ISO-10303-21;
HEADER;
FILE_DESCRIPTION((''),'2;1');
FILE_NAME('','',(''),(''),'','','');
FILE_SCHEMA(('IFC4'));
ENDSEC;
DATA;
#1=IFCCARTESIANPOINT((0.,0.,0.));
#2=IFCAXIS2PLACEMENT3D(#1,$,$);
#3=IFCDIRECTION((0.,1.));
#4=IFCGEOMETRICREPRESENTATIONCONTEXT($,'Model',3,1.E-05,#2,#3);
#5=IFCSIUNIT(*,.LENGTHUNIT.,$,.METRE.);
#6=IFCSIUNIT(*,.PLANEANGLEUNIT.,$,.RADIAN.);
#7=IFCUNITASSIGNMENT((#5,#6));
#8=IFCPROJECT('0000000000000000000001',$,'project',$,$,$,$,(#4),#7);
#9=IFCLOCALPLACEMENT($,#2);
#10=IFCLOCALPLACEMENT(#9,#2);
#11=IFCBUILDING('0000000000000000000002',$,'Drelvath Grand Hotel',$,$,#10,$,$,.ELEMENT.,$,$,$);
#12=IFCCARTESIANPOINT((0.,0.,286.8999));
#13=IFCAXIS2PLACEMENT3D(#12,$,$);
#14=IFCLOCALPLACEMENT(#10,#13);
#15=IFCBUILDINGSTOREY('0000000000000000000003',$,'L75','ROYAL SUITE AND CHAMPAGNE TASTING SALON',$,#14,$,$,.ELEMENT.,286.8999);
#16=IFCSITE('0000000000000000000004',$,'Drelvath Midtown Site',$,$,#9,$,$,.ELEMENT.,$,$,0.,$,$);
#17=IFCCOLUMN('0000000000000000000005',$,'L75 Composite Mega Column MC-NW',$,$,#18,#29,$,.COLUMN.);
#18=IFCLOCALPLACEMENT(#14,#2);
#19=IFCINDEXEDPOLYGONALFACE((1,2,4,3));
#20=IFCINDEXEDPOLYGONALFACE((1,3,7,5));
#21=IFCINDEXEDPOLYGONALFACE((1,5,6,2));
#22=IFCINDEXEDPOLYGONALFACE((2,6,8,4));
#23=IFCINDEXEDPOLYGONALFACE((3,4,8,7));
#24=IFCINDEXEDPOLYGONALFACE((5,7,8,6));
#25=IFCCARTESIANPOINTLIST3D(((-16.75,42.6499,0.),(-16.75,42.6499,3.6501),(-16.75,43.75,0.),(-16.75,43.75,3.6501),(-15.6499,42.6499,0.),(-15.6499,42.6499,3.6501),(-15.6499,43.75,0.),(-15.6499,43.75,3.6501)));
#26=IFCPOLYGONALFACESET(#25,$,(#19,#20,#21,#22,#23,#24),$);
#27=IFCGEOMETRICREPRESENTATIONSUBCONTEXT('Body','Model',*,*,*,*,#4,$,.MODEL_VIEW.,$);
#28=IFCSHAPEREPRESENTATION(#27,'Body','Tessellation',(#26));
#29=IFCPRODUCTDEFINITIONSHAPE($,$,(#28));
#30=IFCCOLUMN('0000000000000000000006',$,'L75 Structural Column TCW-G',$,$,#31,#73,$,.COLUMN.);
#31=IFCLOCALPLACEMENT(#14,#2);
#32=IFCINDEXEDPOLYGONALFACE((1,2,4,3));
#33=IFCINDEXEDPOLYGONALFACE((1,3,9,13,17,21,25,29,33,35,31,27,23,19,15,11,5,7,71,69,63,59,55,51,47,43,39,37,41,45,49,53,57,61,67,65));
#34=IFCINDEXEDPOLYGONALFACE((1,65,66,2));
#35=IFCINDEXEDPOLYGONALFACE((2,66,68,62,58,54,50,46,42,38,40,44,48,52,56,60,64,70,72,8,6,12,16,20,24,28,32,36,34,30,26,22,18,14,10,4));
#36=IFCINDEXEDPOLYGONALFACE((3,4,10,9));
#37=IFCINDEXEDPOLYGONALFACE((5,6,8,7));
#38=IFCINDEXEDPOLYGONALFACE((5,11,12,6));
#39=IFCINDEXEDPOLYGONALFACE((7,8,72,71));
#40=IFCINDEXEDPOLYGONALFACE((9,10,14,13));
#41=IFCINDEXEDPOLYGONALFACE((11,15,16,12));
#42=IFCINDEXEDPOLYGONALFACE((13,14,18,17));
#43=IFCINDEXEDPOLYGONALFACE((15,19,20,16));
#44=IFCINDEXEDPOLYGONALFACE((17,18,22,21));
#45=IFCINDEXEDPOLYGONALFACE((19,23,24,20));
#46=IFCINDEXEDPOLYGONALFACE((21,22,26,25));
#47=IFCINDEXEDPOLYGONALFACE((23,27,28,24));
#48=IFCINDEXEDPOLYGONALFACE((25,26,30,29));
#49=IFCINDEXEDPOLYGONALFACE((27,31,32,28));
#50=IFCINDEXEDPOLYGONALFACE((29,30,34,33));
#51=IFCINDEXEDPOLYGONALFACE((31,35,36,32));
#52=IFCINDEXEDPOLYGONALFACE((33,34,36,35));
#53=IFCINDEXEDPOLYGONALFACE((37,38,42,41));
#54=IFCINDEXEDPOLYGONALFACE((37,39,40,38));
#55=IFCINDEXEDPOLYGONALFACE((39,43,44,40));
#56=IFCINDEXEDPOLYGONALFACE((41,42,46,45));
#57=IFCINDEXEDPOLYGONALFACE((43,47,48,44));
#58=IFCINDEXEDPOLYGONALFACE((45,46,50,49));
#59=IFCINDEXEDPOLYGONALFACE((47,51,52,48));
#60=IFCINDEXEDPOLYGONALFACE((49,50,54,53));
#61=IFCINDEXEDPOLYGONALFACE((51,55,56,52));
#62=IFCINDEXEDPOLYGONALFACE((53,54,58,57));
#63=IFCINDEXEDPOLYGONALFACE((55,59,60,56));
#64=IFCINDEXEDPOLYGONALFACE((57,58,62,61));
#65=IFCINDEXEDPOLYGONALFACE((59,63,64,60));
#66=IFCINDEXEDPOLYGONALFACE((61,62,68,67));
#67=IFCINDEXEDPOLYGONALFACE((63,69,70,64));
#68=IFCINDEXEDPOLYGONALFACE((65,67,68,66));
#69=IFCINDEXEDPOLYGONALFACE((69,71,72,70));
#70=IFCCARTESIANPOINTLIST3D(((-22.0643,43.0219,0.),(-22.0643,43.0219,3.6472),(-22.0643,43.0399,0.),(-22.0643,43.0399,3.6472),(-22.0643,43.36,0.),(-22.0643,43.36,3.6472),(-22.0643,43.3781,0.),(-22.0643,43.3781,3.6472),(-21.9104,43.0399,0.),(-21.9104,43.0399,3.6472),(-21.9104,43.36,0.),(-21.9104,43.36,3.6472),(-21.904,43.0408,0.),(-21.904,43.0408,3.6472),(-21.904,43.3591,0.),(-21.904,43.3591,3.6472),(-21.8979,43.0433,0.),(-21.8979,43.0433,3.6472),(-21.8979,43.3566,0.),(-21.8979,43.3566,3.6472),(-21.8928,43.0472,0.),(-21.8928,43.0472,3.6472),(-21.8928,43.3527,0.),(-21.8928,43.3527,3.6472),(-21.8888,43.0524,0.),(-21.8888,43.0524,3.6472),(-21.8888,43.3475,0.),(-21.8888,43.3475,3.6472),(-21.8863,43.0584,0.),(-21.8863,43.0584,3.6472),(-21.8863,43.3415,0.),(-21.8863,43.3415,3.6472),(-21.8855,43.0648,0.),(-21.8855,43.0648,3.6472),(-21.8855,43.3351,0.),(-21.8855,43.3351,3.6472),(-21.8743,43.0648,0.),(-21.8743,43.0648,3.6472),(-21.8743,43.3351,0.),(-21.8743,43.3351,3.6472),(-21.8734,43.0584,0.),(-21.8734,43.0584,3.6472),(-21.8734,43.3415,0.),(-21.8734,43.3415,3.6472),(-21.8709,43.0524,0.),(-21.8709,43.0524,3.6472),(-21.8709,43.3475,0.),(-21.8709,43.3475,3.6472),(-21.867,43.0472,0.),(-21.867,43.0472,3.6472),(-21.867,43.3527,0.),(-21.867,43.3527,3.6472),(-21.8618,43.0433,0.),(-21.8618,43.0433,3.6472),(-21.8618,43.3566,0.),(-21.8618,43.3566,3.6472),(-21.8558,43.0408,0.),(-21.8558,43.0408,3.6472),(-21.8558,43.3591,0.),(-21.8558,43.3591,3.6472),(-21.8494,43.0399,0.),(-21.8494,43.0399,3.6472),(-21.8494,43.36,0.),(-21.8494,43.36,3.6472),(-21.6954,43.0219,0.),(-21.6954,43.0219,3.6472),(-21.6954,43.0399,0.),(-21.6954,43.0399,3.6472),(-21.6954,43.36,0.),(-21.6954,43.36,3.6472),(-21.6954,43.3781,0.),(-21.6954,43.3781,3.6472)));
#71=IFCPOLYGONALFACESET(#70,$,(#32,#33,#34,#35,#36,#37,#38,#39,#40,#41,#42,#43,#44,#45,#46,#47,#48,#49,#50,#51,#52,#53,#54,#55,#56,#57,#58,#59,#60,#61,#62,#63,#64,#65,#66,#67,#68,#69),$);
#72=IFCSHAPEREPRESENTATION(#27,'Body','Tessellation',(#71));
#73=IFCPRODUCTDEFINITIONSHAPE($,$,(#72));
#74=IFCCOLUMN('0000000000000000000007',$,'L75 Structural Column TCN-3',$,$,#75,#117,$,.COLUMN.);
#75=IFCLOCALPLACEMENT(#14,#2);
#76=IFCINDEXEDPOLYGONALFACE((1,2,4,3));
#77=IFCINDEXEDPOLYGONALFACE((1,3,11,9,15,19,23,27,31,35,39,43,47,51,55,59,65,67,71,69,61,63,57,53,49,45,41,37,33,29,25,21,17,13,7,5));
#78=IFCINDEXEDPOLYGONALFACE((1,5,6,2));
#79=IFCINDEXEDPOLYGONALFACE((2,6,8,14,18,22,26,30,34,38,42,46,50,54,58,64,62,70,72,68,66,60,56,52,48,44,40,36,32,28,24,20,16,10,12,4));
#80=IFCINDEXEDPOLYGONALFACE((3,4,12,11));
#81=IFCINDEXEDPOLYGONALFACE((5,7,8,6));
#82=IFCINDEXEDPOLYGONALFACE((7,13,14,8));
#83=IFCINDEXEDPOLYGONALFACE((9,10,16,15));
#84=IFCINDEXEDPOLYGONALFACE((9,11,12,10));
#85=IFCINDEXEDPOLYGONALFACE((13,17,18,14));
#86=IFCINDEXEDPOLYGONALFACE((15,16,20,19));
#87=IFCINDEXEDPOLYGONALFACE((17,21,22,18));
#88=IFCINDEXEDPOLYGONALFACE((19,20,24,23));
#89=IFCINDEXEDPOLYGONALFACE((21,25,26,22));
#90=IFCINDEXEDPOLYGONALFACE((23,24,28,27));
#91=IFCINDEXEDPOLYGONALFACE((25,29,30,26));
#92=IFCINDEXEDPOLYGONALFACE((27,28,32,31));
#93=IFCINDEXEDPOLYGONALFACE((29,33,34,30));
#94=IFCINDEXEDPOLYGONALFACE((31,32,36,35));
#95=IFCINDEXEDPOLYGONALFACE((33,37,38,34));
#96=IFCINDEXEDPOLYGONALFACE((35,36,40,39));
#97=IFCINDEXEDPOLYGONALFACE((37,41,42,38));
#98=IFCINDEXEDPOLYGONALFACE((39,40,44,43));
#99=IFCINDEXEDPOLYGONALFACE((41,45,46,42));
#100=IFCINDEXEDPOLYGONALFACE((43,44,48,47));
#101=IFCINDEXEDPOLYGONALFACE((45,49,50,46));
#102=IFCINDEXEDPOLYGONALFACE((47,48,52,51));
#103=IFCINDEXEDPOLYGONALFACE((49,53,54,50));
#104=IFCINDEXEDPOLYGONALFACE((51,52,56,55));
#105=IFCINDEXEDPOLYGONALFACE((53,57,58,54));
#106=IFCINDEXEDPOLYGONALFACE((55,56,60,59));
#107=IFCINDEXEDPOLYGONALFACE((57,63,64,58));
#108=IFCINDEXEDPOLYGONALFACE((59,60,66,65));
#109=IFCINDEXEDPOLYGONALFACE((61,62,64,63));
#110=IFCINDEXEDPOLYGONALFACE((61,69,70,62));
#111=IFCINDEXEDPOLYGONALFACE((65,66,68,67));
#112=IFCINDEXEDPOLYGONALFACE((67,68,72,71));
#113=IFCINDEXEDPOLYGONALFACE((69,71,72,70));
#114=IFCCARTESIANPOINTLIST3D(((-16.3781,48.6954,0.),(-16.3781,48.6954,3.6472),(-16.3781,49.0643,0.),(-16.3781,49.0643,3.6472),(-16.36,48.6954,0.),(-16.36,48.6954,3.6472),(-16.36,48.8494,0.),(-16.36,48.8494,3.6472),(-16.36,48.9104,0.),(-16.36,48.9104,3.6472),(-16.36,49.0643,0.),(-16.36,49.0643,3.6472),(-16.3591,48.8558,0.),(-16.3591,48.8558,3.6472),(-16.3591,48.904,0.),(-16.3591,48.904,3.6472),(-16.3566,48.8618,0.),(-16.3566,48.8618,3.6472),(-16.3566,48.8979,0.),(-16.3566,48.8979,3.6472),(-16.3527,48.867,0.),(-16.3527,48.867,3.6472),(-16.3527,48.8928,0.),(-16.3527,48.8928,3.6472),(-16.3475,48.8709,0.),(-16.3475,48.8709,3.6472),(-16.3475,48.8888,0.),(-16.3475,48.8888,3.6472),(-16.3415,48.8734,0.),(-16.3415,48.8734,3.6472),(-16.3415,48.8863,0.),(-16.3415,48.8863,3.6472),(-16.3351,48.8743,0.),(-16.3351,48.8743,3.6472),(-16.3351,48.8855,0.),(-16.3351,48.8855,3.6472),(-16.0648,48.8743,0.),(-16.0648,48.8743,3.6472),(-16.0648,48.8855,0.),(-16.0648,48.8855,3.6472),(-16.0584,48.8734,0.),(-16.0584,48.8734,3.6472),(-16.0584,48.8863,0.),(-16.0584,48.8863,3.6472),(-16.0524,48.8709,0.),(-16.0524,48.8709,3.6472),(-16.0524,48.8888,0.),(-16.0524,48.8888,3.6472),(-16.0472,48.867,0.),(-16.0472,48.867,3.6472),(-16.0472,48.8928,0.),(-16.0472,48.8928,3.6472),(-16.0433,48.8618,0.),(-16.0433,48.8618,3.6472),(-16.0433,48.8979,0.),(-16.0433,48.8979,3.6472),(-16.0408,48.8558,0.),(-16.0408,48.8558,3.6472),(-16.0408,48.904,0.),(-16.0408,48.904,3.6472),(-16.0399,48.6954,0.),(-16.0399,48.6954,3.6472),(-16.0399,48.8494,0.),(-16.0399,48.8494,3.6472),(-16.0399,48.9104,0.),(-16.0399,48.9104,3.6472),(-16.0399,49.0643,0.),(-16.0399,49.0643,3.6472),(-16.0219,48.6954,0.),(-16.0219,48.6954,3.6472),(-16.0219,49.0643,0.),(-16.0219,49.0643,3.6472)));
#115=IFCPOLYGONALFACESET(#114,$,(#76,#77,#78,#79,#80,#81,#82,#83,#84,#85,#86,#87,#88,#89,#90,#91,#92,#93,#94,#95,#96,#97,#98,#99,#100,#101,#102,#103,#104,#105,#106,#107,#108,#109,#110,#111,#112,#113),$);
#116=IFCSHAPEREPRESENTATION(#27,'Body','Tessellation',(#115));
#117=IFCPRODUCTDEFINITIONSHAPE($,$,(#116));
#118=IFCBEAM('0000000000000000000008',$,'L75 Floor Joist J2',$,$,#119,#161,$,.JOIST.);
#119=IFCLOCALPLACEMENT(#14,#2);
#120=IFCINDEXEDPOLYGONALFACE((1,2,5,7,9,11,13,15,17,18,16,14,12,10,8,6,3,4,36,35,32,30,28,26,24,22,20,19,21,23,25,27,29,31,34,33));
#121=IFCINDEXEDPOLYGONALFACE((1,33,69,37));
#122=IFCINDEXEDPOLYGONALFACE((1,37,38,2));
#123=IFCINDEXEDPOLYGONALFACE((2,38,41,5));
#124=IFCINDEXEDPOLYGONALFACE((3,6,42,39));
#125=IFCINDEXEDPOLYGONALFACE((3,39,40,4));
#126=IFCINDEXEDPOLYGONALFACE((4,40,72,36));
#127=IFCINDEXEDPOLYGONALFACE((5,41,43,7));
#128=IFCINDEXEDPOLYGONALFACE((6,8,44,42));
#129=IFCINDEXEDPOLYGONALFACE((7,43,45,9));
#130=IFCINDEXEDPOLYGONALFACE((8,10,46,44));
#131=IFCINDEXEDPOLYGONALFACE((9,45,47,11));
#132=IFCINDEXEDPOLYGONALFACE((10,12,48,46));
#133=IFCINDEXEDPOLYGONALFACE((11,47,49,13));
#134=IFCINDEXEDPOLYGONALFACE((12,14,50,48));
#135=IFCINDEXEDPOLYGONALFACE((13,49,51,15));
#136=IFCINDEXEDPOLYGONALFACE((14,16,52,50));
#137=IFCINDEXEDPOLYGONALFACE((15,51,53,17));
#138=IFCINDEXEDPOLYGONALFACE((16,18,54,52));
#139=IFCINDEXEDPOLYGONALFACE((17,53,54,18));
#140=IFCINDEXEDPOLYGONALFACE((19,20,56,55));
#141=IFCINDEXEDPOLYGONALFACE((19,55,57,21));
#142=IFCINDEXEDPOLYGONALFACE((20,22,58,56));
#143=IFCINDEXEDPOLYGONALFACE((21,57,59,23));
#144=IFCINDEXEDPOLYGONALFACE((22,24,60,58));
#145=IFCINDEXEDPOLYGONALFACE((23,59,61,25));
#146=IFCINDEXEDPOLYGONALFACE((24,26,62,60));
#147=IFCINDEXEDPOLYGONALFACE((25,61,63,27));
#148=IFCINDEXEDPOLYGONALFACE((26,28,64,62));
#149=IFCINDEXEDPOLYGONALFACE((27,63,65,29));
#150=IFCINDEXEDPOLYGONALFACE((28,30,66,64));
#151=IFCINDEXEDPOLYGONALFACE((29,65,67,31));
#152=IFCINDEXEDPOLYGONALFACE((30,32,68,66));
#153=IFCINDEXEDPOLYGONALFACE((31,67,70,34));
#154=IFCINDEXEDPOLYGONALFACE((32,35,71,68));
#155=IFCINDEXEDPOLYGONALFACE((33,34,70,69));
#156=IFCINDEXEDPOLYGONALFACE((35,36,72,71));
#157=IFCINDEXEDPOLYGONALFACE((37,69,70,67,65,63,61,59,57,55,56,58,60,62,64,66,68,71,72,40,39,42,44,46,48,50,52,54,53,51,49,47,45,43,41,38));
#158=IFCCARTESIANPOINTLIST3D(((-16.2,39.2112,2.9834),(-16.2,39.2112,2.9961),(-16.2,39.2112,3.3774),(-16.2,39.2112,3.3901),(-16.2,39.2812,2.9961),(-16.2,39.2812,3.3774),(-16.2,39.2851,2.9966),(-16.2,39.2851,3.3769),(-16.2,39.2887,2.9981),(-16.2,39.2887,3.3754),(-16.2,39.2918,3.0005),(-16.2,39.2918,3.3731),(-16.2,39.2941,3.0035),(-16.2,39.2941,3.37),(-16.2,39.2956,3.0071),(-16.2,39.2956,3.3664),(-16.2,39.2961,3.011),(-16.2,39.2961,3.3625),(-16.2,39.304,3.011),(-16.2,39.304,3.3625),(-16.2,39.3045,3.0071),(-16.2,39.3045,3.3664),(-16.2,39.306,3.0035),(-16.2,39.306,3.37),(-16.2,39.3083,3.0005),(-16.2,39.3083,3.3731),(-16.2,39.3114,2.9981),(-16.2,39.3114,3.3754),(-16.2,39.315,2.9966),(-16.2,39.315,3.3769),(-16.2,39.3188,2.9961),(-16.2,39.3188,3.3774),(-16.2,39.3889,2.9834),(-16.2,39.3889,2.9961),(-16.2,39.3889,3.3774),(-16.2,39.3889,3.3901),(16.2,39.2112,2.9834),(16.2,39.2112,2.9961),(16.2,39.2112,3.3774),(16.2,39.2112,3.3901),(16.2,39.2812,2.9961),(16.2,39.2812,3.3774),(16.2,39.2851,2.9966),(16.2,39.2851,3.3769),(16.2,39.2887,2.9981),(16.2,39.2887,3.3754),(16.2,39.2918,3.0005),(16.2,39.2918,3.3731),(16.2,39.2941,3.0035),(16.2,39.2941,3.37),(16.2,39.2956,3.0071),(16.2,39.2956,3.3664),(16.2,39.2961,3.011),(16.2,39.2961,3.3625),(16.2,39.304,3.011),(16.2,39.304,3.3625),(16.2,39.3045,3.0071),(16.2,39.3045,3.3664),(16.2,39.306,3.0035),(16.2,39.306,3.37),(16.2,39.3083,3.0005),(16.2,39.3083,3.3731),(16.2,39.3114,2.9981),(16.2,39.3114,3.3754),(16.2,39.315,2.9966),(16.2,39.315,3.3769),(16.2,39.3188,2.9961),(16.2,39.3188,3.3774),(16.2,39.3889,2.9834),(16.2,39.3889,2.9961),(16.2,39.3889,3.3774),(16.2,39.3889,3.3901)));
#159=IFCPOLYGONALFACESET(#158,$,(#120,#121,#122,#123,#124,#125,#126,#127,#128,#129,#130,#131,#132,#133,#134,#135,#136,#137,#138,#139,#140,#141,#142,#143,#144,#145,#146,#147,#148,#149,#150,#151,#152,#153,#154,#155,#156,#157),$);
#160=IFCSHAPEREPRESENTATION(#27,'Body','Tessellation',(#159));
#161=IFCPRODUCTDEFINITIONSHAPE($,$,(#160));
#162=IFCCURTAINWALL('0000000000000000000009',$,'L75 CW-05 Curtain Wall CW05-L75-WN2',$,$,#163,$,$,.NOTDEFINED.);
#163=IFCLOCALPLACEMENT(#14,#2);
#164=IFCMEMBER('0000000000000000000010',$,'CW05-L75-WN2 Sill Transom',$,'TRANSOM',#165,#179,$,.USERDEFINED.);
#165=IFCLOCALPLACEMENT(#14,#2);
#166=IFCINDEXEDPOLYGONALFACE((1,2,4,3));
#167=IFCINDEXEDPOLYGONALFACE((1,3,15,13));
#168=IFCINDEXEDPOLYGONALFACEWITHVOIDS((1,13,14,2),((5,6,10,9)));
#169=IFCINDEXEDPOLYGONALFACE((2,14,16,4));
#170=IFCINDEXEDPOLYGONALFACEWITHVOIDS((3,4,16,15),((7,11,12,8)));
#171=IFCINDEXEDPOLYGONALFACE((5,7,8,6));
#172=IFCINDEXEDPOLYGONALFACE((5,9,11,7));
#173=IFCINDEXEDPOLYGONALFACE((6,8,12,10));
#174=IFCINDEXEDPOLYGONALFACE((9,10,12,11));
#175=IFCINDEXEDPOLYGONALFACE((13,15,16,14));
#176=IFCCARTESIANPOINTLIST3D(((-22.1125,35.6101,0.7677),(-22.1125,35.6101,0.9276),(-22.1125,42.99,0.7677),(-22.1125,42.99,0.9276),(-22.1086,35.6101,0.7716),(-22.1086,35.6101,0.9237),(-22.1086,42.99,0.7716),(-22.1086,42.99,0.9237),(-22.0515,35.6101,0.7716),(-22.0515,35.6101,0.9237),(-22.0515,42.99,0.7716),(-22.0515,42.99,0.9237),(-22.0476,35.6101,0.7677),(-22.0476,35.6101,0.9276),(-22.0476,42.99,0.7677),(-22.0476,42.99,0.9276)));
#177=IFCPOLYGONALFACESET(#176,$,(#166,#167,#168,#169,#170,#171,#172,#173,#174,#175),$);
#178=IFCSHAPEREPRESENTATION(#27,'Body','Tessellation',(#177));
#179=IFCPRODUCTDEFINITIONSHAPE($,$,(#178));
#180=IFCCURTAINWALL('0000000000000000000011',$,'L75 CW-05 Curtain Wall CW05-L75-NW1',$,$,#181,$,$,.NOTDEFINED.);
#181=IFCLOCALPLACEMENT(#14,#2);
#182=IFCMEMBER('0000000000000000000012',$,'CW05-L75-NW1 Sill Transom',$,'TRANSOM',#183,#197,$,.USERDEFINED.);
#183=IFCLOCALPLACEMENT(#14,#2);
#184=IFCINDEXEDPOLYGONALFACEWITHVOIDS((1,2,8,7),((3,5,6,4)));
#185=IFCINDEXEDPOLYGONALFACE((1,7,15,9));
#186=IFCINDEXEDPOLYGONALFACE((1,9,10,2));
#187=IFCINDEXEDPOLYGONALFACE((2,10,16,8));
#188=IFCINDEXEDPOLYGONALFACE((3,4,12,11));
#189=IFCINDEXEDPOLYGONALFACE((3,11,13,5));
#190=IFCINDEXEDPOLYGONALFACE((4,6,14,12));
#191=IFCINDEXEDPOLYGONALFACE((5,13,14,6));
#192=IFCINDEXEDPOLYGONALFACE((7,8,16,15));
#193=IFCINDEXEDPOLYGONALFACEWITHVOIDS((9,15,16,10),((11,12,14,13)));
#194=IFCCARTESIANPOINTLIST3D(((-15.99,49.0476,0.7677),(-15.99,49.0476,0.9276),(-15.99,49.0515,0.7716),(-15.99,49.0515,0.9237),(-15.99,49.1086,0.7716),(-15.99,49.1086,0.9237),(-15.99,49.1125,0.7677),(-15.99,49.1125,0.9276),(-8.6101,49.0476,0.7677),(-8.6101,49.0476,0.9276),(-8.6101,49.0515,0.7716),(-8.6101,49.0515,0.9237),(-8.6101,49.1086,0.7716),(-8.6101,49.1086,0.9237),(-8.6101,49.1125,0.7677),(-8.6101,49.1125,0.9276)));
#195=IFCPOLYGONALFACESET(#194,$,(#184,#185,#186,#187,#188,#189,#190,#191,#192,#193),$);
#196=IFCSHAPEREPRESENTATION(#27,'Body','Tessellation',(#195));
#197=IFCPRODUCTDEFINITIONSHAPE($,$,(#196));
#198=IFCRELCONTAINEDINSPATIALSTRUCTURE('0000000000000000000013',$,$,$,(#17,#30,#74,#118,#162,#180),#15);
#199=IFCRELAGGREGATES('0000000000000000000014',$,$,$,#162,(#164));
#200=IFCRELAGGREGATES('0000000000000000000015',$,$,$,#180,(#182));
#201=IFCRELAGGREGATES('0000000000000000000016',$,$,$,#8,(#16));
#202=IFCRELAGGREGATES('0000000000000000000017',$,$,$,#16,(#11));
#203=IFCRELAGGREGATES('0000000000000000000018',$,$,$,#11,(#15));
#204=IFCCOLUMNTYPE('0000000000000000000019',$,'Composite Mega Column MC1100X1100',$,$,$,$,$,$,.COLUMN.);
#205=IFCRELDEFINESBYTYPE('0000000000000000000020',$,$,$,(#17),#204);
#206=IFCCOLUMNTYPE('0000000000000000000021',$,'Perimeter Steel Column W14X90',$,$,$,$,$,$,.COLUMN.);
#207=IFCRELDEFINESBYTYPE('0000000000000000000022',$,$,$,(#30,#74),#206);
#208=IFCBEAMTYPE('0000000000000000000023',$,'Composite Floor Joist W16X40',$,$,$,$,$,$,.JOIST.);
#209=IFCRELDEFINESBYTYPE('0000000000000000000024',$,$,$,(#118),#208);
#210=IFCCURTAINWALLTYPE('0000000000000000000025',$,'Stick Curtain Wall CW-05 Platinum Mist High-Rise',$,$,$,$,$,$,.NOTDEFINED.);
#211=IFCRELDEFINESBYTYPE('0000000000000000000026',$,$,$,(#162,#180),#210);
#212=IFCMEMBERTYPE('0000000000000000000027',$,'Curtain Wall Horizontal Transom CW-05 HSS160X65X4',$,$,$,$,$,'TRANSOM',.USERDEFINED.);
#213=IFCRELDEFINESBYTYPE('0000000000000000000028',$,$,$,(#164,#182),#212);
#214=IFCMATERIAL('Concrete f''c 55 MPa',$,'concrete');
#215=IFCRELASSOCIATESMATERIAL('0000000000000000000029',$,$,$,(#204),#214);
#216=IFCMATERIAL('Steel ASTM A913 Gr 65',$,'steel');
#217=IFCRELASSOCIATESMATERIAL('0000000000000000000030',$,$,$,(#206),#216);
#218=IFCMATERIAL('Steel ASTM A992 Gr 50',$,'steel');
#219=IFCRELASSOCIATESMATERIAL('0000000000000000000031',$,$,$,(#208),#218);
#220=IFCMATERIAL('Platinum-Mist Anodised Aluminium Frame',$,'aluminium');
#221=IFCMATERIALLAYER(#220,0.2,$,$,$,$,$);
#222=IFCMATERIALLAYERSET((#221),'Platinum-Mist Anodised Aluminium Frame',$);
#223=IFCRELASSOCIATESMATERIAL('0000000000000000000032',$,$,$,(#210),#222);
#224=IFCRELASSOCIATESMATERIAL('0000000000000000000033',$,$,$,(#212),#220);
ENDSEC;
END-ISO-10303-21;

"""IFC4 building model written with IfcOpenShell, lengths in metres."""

from ifc_helpers import new_model, si_unit, direction, frame, origin, origin_2d, place, context, subcontext, project, spatial, rectangle, hollow_rectangle, i_section, extrude, material, layer, layer_set, material_profile, profile_set, type_object, element, aggregate, save


model = new_model("IFC4")

# Units and contexts
model_context = context("Model", 3, precision=1e-05, world=origin(), true_north=direction((0.0, 1.0)))
body_context = subcontext(model_context, "Body", "Model", "MODEL_VIEW")
ifc_project = project(units=[si_unit("LENGTHUNIT", "METRE"), si_unit("PLANEANGLEUNIT", "RADIAN")], contexts=[model_context])

# Site, building, storey
site_placement = place(None, origin())
site = spatial("IfcSite", under=ifc_project, at=site_placement, Name="Drelvath Midtown Site", CompositionType="ELEMENT", RefElevation=0.0)
building_placement = place(site_placement, origin())
building = spatial("IfcBuilding", under=site, at=building_placement, Name="Drelvath Grand Hotel", CompositionType="ELEMENT")
storey_placement = place(building_placement, frame((0.0, 0.0, 286.8999)))
storey = spatial("IfcBuildingStorey", under=building, at=storey_placement, Name="L75", Description="ROYAL SUITE AND CHAMPAGNE TASTING SALON", CompositionType="ELEMENT", Elevation=286.8999)

# Columns
ifc_material_1 = material(Name="Concrete f'c 55 MPa", Category="concrete")
ifc_material_profile_1 = material_profile(ifc_material_1, rectangle(XDim=1.1001, YDim=1.1001, at=origin_2d()), Name="MC1100X1100")
ifc_profile_set_1 = profile_set([ifc_material_profile_1], Name="Concrete f'c 55 MPa")
column_type_1 = type_object("IfcColumnType", Name="Composite Mega Column MC1100X1100", PredefinedType="COLUMN", material=ifc_profile_set_1)
column_placement = place(storey_placement, frame((-16.2, 43.2, 0.0), z_axis=(0.0, 0.0, 1.0), x_axis=(1.0, 0.0, 0.0)))
element("IfcColumn", 1, at=column_placement, inside=storey, type_object=column_type_1, Name="L75 Composite Mega Column MC-NW", PredefinedType="COLUMN", context=body_context, shape_type="SweptSolid", body=[
    extrude(rectangle(XDim=1.1001, YDim=1.1001, at=origin_2d()), origin(), (0.0, 0.0, 1.0), 3.6501),
])
ifc_material_2 = material(Name="Steel ASTM A913 Gr 65", Category="steel")
ifc_material_profile_2 = material_profile(ifc_material_2, i_section(OverallWidth=0.3689, OverallDepth=0.3562, WebThickness=0.0112, FlangeThickness=0.0181, FilletRadius=0.0249, at=origin_2d()), Name="W14X90")
ifc_profile_set_2 = profile_set([ifc_material_profile_2], Name="Steel ASTM A913 Gr 65")
column_type_2 = type_object("IfcColumnType", Name="Perimeter Steel Column W14X90", PredefinedType="COLUMN", material=ifc_profile_set_2)
for number, where, z_axis, x_axis, name in (
    (2, (-21.8799, 43.2, 0.0), (0.0, 0.0, 1.0), (1.0, 0.0, 0.0), "L75 Structural Column TCW-G"),
    (3, (-16.2, 48.8799, 0.0), (0.0, 0.0, 1.0), (0.0, 1.0, 0.0), "L75 Structural Column TCN-3"),
):
    element("IfcColumn", number, at=place(storey_placement, frame(where, z_axis=z_axis, x_axis=x_axis)), inside=storey, type_object=column_type_2, Name=name, PredefinedType="COLUMN", context=body_context, shape_type="SweptSolid", body=[
        extrude(i_section(OverallWidth=0.3689, OverallDepth=0.3562, WebThickness=0.0112, FlangeThickness=0.0181, FilletRadius=0.0249, at=origin_2d()), origin(), (0.0, 0.0, 1.0), 3.6472),
    ])

# Beam
ifc_material_3 = material(Name="Steel ASTM A992 Gr 50", Category="steel")
ifc_material_profile_3 = material_profile(ifc_material_3, i_section(OverallWidth=0.1777, OverallDepth=0.4067, WebThickness=0.0078, FlangeThickness=0.0127, FilletRadius=0.0149, at=origin_2d()), Name="W16X40")
ifc_profile_set_3 = profile_set([ifc_material_profile_3], Name="Steel ASTM A992 Gr 50")
beam_type_1 = type_object("IfcBeamType", Name="Composite Floor Joist W16X40", PredefinedType="JOIST", material=ifc_profile_set_3)
beam_1_placement = place(storey_placement, frame((-16.2, 39.3, 3.1868), z_axis=(1.0, 0.0, 0.0), x_axis=(0.0, 1.0, 0.0)))
element("IfcBeam", 4, at=beam_1_placement, inside=storey, type_object=beam_type_1, Name="L75 Floor Joist J2", PredefinedType="JOIST", context=body_context, shape_type="SweptSolid", body=[
    extrude(i_section(OverallWidth=0.1777, OverallDepth=0.4067, WebThickness=0.0078, FlangeThickness=0.0127, FilletRadius=0.0149, at=origin_2d()), origin(), (0.0, 0.0, 1.0), 32.3999),
])

# Curtain walls, members
ifc_material_4 = material(Name="Platinum-Mist Anodised Aluminium Frame", Category="aluminium")
ifc_layer_1 = layer(ifc_material_4, 0.2)
ifc_layer_set_1 = layer_set([ifc_layer_1], Name="Platinum-Mist Anodised Aluminium Frame")
curtain_wall_type = type_object("IfcCurtainWallType", Name="Stick Curtain Wall CW-05 Platinum Mist High-Rise", PredefinedType="NOTDEFINED", material=ifc_layer_set_1)
curtain_wall_1_placement = place(storey_placement, origin())
curtain_wall_1 = element("IfcCurtainWall", 5, at=curtain_wall_1_placement, inside=storey, type_object=curtain_wall_type, Name="L75 CW-05 Curtain Wall CW05-L75-WN2", PredefinedType="NOTDEFINED")
ifc_material_profile_4 = material_profile(ifc_material_4, hollow_rectangle(XDim=0.0649, YDim=0.1599, WallThickness=0.0039, at=origin_2d()), Name="HSS160X65X4")
ifc_profile_set_4 = profile_set([ifc_material_profile_4], Name="Platinum-Mist Anodised Aluminium Frame")
member_type_1 = type_object("IfcMemberType", Name="Curtain Wall Horizontal Transom CW-05 HSS160X65X4", ElementType="TRANSOM", PredefinedType="USERDEFINED", material=ifc_profile_set_4)
member_1_placement = place(storey_placement, frame((-22.0801, 35.6101, 0.8477), z_axis=(0.0, 1.0, 0.0), x_axis=(-1.0, 0.0, 0.0)))
member_1 = element("IfcMember", 6, at=member_1_placement, type_object=member_type_1, Name="CW05-L75-WN2 Sill Transom", ObjectType="TRANSOM", PredefinedType="USERDEFINED", context=body_context, shape_type="SweptSolid", body=[
    extrude(hollow_rectangle(XDim=0.0649, YDim=0.1599, WallThickness=0.0039, at=origin_2d()), origin(), (0.0, 0.0, 1.0), 7.3799),
])
curtain_wall_2_placement = place(storey_placement, origin())
curtain_wall_2 = element("IfcCurtainWall", 7, at=curtain_wall_2_placement, inside=storey, type_object=curtain_wall_type, Name="L75 CW-05 Curtain Wall CW05-L75-NW1", PredefinedType="NOTDEFINED")
member_2_placement = place(storey_placement, frame((-15.99, 49.0801, 0.8477), z_axis=(1.0, 0.0, 0.0), x_axis=(0.0, 1.0, 0.0)))
member_2 = element("IfcMember", 8, at=member_2_placement, type_object=member_type_1, Name="CW05-L75-NW1 Sill Transom", ObjectType="TRANSOM", PredefinedType="USERDEFINED", context=body_context, shape_type="SweptSolid", body=[
    extrude(hollow_rectangle(XDim=0.0649, YDim=0.1599, WallThickness=0.0039, at=origin_2d()), origin(), (0.0, 0.0, 1.0), 7.3799),
])

aggregate(curtain_wall_1, [member_1])
aggregate(curtain_wall_2, [member_2])

save(model, "model.ifc")
